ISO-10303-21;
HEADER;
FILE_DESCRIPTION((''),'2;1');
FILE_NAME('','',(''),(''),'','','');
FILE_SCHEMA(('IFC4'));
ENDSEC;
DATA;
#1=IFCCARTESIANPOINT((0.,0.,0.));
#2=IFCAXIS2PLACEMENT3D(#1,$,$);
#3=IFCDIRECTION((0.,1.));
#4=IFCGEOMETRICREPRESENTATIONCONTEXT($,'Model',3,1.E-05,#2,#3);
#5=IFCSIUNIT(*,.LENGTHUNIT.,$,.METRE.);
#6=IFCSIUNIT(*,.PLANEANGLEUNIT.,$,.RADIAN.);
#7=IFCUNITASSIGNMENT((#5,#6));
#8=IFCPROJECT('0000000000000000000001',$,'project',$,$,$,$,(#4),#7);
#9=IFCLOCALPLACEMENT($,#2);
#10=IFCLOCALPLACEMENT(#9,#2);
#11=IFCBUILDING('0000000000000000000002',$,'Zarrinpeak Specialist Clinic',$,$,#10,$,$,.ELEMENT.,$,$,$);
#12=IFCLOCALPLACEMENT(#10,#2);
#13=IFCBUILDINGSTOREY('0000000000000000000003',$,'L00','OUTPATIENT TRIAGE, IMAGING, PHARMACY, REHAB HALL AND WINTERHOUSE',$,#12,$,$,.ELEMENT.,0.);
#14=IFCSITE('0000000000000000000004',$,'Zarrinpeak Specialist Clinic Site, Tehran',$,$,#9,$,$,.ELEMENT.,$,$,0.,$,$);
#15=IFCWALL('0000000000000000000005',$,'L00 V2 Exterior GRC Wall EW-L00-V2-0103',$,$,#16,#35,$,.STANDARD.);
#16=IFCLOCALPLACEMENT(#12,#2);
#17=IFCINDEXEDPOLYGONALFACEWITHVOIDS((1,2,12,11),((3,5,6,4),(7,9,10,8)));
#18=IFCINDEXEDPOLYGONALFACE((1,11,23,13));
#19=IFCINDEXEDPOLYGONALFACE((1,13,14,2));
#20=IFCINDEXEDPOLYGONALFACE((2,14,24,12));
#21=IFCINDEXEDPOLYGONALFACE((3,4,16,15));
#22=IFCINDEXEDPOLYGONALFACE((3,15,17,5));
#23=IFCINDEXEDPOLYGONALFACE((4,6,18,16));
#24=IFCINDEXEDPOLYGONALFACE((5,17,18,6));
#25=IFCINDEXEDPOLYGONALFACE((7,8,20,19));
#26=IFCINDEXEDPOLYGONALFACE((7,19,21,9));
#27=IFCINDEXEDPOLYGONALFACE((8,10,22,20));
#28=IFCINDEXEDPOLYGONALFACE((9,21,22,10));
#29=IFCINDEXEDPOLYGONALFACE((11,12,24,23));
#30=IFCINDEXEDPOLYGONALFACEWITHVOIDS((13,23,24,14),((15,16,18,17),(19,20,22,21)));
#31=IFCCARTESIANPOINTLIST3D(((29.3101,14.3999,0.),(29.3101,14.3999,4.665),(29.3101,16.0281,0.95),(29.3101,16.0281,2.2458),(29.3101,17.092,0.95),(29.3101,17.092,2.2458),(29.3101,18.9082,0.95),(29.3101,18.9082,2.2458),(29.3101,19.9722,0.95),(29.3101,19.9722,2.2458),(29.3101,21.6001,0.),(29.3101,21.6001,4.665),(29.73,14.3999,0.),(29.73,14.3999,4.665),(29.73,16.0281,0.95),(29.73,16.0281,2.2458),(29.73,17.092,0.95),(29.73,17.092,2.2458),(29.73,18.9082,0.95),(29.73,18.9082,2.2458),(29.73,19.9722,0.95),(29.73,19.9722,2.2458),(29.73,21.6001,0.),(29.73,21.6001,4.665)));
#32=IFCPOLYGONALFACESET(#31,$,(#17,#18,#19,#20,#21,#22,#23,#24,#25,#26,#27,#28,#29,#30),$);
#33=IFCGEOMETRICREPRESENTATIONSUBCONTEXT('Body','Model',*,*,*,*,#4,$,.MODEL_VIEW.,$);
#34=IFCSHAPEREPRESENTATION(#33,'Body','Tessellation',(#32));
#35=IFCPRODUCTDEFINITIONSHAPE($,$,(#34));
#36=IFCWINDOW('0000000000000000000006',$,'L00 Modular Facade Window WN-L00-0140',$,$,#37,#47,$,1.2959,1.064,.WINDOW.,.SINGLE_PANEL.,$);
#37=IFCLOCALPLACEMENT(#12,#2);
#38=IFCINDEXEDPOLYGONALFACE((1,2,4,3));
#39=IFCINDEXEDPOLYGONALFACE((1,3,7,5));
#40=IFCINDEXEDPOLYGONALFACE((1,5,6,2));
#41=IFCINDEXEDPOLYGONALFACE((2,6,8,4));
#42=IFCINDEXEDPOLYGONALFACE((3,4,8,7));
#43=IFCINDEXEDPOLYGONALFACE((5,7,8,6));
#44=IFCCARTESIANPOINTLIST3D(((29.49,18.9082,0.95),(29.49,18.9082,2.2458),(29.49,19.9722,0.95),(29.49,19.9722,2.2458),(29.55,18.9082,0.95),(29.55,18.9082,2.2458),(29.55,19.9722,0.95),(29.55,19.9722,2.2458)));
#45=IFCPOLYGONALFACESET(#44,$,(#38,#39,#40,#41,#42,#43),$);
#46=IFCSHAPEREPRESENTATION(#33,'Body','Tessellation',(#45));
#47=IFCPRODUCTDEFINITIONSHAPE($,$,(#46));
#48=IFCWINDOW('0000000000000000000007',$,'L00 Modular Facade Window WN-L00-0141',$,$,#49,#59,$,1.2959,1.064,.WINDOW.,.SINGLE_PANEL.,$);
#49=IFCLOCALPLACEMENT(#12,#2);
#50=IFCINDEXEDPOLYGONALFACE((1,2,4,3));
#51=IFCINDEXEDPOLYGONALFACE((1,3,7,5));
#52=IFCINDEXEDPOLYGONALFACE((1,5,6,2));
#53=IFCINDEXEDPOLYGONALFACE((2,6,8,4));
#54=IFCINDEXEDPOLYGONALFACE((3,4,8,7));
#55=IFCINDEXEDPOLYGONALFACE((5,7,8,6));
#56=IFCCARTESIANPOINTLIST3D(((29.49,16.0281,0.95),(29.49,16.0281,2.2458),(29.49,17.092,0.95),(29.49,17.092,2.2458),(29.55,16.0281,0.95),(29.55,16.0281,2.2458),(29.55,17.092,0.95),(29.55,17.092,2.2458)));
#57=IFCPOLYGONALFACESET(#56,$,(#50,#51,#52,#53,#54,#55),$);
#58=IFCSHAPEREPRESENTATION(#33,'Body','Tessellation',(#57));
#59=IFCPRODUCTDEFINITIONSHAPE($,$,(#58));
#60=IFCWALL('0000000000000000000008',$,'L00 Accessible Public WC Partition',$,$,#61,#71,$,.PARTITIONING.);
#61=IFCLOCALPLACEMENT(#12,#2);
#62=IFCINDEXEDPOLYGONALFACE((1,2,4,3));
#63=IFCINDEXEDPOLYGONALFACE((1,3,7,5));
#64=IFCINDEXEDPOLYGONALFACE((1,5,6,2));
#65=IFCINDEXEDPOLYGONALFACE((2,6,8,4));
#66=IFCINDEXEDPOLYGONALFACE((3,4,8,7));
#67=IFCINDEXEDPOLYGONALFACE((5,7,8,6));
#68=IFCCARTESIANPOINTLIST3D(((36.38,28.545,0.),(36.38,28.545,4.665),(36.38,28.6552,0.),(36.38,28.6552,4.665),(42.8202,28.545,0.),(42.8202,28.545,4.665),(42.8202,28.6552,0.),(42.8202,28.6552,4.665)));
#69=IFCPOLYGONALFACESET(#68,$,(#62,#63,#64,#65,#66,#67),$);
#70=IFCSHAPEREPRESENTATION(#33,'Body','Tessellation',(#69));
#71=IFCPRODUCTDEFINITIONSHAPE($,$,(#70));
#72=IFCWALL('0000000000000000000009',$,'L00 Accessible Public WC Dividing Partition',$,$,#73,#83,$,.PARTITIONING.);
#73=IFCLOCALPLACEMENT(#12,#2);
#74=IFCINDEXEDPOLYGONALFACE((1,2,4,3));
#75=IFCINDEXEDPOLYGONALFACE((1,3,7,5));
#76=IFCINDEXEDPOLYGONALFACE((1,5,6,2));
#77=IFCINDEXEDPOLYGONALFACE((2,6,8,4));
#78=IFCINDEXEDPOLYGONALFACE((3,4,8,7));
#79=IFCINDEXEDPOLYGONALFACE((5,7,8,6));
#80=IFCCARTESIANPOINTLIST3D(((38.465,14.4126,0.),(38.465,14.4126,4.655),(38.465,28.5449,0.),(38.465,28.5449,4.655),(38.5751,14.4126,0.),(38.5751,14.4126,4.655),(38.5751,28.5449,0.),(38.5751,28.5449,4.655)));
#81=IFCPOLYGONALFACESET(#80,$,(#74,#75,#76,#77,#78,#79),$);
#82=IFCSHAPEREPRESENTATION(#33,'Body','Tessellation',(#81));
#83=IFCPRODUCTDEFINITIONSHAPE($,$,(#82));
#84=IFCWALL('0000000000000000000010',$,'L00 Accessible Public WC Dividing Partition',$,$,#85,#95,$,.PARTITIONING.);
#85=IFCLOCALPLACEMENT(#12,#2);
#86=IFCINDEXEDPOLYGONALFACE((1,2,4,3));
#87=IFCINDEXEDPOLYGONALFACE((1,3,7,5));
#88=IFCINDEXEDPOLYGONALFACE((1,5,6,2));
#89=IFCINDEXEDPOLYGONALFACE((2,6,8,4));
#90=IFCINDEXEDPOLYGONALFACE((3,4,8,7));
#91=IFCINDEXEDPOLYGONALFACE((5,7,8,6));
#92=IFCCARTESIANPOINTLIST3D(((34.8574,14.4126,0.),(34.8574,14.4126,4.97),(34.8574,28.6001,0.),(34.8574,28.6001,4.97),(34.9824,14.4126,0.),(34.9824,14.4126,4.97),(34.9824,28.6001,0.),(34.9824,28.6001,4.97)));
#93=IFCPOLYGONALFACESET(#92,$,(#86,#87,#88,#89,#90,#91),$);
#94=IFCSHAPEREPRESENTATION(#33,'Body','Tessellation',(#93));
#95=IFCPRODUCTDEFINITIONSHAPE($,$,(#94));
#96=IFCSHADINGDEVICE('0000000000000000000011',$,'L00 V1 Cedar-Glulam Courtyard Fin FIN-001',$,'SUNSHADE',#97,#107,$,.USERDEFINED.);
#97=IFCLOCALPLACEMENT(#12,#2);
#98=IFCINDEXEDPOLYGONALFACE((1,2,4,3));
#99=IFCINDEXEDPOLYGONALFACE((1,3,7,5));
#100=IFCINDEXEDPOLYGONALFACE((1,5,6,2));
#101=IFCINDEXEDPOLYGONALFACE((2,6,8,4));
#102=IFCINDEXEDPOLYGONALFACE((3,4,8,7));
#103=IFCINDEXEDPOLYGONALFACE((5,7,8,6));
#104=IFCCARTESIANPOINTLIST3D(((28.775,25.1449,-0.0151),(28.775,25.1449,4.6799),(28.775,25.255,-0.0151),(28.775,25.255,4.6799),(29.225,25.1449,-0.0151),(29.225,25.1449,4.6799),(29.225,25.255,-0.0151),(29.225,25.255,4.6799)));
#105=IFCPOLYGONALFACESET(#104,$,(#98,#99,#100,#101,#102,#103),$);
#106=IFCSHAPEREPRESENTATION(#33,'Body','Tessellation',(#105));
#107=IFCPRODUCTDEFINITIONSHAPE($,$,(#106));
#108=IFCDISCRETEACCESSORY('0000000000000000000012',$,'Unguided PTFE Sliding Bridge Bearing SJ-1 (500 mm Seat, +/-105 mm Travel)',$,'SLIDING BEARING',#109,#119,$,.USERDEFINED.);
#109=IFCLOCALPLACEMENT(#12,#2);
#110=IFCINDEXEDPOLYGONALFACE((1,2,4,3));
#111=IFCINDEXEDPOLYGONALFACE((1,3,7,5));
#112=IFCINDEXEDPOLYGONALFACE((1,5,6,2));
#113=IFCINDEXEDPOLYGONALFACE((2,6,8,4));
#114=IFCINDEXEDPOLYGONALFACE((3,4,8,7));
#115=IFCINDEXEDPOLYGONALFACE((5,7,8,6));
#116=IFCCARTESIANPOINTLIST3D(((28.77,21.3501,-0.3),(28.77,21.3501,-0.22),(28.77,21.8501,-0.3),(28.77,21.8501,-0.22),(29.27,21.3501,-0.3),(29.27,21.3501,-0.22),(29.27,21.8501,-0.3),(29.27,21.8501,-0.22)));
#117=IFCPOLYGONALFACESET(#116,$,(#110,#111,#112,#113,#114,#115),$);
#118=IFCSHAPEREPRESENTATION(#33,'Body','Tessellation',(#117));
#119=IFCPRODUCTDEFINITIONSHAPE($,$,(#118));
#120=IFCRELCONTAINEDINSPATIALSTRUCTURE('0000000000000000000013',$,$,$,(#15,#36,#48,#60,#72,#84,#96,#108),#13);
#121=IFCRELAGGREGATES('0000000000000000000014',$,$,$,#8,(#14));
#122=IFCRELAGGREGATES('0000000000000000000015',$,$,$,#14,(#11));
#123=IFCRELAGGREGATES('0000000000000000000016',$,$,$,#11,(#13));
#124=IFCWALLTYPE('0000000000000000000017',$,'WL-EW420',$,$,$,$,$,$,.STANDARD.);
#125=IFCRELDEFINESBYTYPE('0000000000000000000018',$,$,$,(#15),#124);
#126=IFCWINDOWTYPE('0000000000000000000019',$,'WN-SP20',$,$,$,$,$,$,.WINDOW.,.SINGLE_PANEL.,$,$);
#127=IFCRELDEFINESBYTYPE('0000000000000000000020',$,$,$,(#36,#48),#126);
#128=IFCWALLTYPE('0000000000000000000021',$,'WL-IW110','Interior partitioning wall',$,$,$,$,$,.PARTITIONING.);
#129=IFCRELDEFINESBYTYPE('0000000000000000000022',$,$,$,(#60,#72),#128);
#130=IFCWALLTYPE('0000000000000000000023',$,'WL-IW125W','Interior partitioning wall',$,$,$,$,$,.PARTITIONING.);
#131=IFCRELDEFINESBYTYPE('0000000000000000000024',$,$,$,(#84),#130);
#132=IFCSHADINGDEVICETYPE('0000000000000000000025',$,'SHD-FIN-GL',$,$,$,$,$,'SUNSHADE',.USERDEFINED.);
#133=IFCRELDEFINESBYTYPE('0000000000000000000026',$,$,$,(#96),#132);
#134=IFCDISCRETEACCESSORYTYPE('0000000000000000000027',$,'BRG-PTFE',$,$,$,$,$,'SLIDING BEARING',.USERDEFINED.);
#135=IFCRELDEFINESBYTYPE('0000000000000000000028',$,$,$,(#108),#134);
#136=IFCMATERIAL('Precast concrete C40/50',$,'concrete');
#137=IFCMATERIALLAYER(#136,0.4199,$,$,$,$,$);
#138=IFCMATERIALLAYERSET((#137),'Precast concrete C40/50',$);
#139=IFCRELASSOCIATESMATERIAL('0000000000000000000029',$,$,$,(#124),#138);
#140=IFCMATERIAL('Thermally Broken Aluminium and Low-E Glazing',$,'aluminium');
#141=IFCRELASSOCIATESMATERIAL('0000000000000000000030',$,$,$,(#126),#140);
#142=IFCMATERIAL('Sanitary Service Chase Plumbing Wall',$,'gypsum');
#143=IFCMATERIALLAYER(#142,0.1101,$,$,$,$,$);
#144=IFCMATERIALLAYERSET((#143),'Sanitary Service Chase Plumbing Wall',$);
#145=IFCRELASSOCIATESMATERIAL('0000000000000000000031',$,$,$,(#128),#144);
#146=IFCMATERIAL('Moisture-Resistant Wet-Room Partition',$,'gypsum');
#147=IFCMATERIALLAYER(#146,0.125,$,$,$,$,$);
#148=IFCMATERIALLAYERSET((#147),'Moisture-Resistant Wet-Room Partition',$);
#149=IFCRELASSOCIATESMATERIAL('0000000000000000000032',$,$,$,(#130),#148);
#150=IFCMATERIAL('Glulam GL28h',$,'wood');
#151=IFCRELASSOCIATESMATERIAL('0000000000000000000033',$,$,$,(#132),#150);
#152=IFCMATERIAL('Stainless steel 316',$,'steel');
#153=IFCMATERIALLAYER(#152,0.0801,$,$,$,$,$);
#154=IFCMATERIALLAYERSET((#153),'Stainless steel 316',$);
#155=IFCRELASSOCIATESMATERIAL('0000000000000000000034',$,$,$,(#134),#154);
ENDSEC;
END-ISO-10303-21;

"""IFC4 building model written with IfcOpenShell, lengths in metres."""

from ifc_helpers import new_model, si_unit, direction, frame, frame_2d, origin, origin_2d, place, context, subcontext, project, spatial, rectangle, extrude, material, layer, layer_set, type_object, element, fill, save


model = new_model("IFC4")

# Units and contexts
model_context = context("Model", 3, precision=1e-05, world=origin(), true_north=direction((0.0, 1.0)))
body_context = subcontext(model_context, "Body", "Model", "MODEL_VIEW")
ifc_project = project(units=[si_unit("LENGTHUNIT", "METRE"), si_unit("PLANEANGLEUNIT", "RADIAN")], contexts=[model_context])

# Site, building, storey
site_placement = place(None, origin())
site = spatial("IfcSite", under=ifc_project, at=site_placement, Name="Zarrinpeak Specialist Clinic Site, Tehran", CompositionType="ELEMENT", RefElevation=0.0)
building_placement = place(site_placement, origin())
building = spatial("IfcBuilding", under=site, at=building_placement, Name="Zarrinpeak Specialist Clinic", CompositionType="ELEMENT")
storey_placement = place(building_placement, origin())
storey = spatial("IfcBuildingStorey", under=building, at=storey_placement, Name="L00", Description="OUTPATIENT TRIAGE, IMAGING, PHARMACY, REHAB HALL AND WINTERHOUSE", CompositionType="ELEMENT", Elevation=0.0)

# Wall, openings, windows
ifc_material_1 = material(Name="Precast concrete C40/50", Category="concrete")
ifc_layer_1 = layer(ifc_material_1, 0.4199)
ifc_layer_set_1 = layer_set([ifc_layer_1], Name="Precast concrete C40/50")
wall_type_1 = type_object("IfcWallType", Name="WL-EW420", PredefinedType="STANDARD", material=ifc_layer_set_1)
wall_1_placement = place(storey_placement, frame((29.52, 21.6001, 0.0), z_axis=(0.0, 0.0, 1.0), x_axis=(0.0, -1.0, 0.0)))
wall_1 = element("IfcWall", 1, at=wall_1_placement, inside=storey, type_object=wall_type_1, Name="L00 V2 Exterior GRC Wall EW-L00-V2-0103", PredefinedType="STANDARD", context=body_context, shape_type="SweptSolid", body=[
    extrude(rectangle(XDim=7.2002, YDim=0.4199, at=frame_2d((3.6001, 0.0))), origin(), (0.0, 0.0, 1.0), 4.665),
])
opening_1_placement = place(wall_1_placement, frame((1.6279, 0.0, 0.95)))
opening_1 = element("IfcOpeningElement", 2, at=opening_1_placement, cuts=wall_1, PredefinedType="OPENING", context=body_context, shape_type="SweptSolid", body=[
    extrude(rectangle(XDim=1.064, YDim=1.2959, at=frame_2d((0.532, 0.6479))), frame((0.0, 0.22, 0.0), z_axis=(0.0, -1.0, 0.0), x_axis=(1.0, 0.0, 0.0)), (0.0, 0.0, 1.0), 0.4399),
])
opening_2_placement = place(wall_1_placement, frame((4.5081, 0.0, 0.95)))
opening_2 = element("IfcOpeningElement", 3, at=opening_2_placement, cuts=wall_1, PredefinedType="OPENING", context=body_context, shape_type="SweptSolid", body=[
    extrude(rectangle(XDim=1.064, YDim=1.2959, at=frame_2d((0.532, 0.6479))), frame((0.0, 0.22, 0.0), z_axis=(0.0, -1.0, 0.0), x_axis=(1.0, 0.0, 0.0)), (0.0, 0.0, 1.0), 0.4399),
])
ifc_material_2 = material(Name="Thermally Broken Aluminium and Low-E Glazing", Category="aluminium")
window_type = type_object("IfcWindowType", Name="WN-SP20", PartitioningType="SINGLE_PANEL", PredefinedType="WINDOW", material=ifc_material_2)
window_1_placement = place(opening_1_placement, origin())
window_1 = element("IfcWindow", 4, at=window_1_placement, inside=storey, type_object=window_type, Name="L00 Modular Facade Window WN-L00-0140", OverallHeight=1.2959, OverallWidth=1.064, PartitioningType="SINGLE_PANEL", PredefinedType="WINDOW", context=body_context, shape_type="SweptSolid", body=[
    extrude(rectangle(XDim=1.064, YDim=1.2959, at=frame_2d((0.532, 0.6479))), frame((0.0, 0.03, 0.0), z_axis=(0.0, -1.0, 0.0), x_axis=(1.0, 0.0, 0.0)), (0.0, 0.0, 1.0), 0.0601),
])
fill(opening_1, window_1)
window_2_placement = place(opening_2_placement, origin())
window_2 = element("IfcWindow", 5, at=window_2_placement, inside=storey, type_object=window_type, Name="L00 Modular Facade Window WN-L00-0141", OverallHeight=1.2959, OverallWidth=1.064, PartitioningType="SINGLE_PANEL", PredefinedType="WINDOW", context=body_context, shape_type="SweptSolid", body=[
    extrude(rectangle(XDim=1.064, YDim=1.2959, at=frame_2d((0.532, 0.6479))), frame((0.0, 0.03, 0.0), z_axis=(0.0, -1.0, 0.0), x_axis=(1.0, 0.0, 0.0)), (0.0, 0.0, 1.0), 0.0601),
])
fill(opening_2, window_2)

# Walls
ifc_material_3 = material(Name="Sanitary Service Chase Plumbing Wall", Category="gypsum")
ifc_layer_2 = layer(ifc_material_3, 0.1101)
ifc_layer_set_2 = layer_set([ifc_layer_2], Name="Sanitary Service Chase Plumbing Wall")
wall_type_2 = type_object("IfcWallType", Name="WL-IW110", Description="Interior partitioning wall", PredefinedType="PARTITIONING", material=ifc_layer_set_2)
wall_2_placement = place(storey_placement, frame((36.3799, 28.6001, 0.0), z_axis=(0.0, 0.0, 1.0), x_axis=(1.0, 0.0, 0.0)))
element("IfcWall", 6, at=wall_2_placement, inside=storey, type_object=wall_type_2, Name="L00 Accessible Public WC Partition", PredefinedType="PARTITIONING", context=body_context, shape_type="SweptSolid", body=[
    extrude(rectangle(XDim=6.4402, YDim=0.1101, at=frame_2d((3.2202, 0.0))), origin(), (0.0, 0.0, 1.0), 4.665),
])
wall_3_placement = place(storey_placement, frame((38.52, 14.4126, 0.0), z_axis=(0.0, 0.0, 1.0), x_axis=(0.0, 1.0, 0.0)))
element("IfcWall", 7, at=wall_3_placement, inside=storey, type_object=wall_type_2, Name="L00 Accessible Public WC Dividing Partition", PredefinedType="PARTITIONING", context=body_context, shape_type="SweptSolid", body=[
    extrude(rectangle(XDim=14.1323, YDim=0.1101, at=frame_2d((7.0662, 0.0))), origin(), (0.0, 0.0, 1.0), 4.655),
])
ifc_material_4 = material(Name="Moisture-Resistant Wet-Room Partition", Category="gypsum")
ifc_layer_3 = layer(ifc_material_4, 0.125)
ifc_layer_set_3 = layer_set([ifc_layer_3], Name="Moisture-Resistant Wet-Room Partition")
wall_type_3 = type_object("IfcWallType", Name="WL-IW125W", Description="Interior partitioning wall", PredefinedType="PARTITIONING", material=ifc_layer_set_3)
wall_4_placement = place(storey_placement, frame((34.9199, 14.4126, 0.0), z_axis=(0.0, 0.0, 1.0), x_axis=(0.0, 1.0, 0.0)))
element("IfcWall", 8, at=wall_4_placement, inside=storey, type_object=wall_type_3, Name="L00 Accessible Public WC Dividing Partition", PredefinedType="PARTITIONING", context=body_context, shape_type="SweptSolid", body=[
    extrude(rectangle(XDim=14.1875, YDim=0.125, at=frame_2d((7.0938, 0.0))), origin(), (0.0, 0.0, 1.0), 4.97),
])

# Shading device
ifc_material_5 = material(Name="Glulam GL28h", Category="wood")
shading_device_type = type_object("IfcShadingDeviceType", Name="SHD-FIN-GL", ElementType="SUNSHADE", PredefinedType="USERDEFINED", material=ifc_material_5)
shading_device_placement = place(storey_placement, frame((29.0, 25.2, -0.0151), z_axis=(0.0, 0.0, 1.0), x_axis=(1.0, 0.0, 0.0)))
element("IfcShadingDevice", 9, at=shading_device_placement, inside=storey, type_object=shading_device_type, Name="L00 V1 Cedar-Glulam Courtyard Fin FIN-001", ObjectType="SUNSHADE", PredefinedType="USERDEFINED", context=body_context, shape_type="SweptSolid", body=[
    extrude(rectangle(XDim=0.45, YDim=0.1101, at=origin_2d()), origin(), (0.0, 0.0, 1.0), 4.6951),
])

# Discrete accessory
ifc_material_6 = material(Name="Stainless steel 316", Category="steel")
ifc_layer_4 = layer(ifc_material_6, 0.0801)
ifc_layer_set_4 = layer_set([ifc_layer_4], Name="Stainless steel 316")
discrete_accessory_type = type_object("IfcDiscreteAccessoryType", Name="BRG-PTFE", ElementType="SLIDING BEARING", PredefinedType="USERDEFINED", material=ifc_layer_set_4)
discrete_accessory_placement = place(storey_placement, frame((29.02, 21.6001, -0.3), z_axis=(0.0, 0.0, 1.0), x_axis=(1.0, 0.0, 0.0)))
element("IfcDiscreteAccessory", 10, at=discrete_accessory_placement, inside=storey, type_object=discrete_accessory_type, Name="Unguided PTFE Sliding Bridge Bearing SJ-1 (500 mm Seat, +/-105 mm Travel)", ObjectType="SLIDING BEARING", PredefinedType="USERDEFINED", context=body_context, shape_type="SweptSolid", body=[
    extrude(rectangle(XDim=0.5, YDim=0.5, at=origin_2d()), origin(), (0.0, 0.0, 1.0), 0.0801),
])

save(model, "model.ifc")
